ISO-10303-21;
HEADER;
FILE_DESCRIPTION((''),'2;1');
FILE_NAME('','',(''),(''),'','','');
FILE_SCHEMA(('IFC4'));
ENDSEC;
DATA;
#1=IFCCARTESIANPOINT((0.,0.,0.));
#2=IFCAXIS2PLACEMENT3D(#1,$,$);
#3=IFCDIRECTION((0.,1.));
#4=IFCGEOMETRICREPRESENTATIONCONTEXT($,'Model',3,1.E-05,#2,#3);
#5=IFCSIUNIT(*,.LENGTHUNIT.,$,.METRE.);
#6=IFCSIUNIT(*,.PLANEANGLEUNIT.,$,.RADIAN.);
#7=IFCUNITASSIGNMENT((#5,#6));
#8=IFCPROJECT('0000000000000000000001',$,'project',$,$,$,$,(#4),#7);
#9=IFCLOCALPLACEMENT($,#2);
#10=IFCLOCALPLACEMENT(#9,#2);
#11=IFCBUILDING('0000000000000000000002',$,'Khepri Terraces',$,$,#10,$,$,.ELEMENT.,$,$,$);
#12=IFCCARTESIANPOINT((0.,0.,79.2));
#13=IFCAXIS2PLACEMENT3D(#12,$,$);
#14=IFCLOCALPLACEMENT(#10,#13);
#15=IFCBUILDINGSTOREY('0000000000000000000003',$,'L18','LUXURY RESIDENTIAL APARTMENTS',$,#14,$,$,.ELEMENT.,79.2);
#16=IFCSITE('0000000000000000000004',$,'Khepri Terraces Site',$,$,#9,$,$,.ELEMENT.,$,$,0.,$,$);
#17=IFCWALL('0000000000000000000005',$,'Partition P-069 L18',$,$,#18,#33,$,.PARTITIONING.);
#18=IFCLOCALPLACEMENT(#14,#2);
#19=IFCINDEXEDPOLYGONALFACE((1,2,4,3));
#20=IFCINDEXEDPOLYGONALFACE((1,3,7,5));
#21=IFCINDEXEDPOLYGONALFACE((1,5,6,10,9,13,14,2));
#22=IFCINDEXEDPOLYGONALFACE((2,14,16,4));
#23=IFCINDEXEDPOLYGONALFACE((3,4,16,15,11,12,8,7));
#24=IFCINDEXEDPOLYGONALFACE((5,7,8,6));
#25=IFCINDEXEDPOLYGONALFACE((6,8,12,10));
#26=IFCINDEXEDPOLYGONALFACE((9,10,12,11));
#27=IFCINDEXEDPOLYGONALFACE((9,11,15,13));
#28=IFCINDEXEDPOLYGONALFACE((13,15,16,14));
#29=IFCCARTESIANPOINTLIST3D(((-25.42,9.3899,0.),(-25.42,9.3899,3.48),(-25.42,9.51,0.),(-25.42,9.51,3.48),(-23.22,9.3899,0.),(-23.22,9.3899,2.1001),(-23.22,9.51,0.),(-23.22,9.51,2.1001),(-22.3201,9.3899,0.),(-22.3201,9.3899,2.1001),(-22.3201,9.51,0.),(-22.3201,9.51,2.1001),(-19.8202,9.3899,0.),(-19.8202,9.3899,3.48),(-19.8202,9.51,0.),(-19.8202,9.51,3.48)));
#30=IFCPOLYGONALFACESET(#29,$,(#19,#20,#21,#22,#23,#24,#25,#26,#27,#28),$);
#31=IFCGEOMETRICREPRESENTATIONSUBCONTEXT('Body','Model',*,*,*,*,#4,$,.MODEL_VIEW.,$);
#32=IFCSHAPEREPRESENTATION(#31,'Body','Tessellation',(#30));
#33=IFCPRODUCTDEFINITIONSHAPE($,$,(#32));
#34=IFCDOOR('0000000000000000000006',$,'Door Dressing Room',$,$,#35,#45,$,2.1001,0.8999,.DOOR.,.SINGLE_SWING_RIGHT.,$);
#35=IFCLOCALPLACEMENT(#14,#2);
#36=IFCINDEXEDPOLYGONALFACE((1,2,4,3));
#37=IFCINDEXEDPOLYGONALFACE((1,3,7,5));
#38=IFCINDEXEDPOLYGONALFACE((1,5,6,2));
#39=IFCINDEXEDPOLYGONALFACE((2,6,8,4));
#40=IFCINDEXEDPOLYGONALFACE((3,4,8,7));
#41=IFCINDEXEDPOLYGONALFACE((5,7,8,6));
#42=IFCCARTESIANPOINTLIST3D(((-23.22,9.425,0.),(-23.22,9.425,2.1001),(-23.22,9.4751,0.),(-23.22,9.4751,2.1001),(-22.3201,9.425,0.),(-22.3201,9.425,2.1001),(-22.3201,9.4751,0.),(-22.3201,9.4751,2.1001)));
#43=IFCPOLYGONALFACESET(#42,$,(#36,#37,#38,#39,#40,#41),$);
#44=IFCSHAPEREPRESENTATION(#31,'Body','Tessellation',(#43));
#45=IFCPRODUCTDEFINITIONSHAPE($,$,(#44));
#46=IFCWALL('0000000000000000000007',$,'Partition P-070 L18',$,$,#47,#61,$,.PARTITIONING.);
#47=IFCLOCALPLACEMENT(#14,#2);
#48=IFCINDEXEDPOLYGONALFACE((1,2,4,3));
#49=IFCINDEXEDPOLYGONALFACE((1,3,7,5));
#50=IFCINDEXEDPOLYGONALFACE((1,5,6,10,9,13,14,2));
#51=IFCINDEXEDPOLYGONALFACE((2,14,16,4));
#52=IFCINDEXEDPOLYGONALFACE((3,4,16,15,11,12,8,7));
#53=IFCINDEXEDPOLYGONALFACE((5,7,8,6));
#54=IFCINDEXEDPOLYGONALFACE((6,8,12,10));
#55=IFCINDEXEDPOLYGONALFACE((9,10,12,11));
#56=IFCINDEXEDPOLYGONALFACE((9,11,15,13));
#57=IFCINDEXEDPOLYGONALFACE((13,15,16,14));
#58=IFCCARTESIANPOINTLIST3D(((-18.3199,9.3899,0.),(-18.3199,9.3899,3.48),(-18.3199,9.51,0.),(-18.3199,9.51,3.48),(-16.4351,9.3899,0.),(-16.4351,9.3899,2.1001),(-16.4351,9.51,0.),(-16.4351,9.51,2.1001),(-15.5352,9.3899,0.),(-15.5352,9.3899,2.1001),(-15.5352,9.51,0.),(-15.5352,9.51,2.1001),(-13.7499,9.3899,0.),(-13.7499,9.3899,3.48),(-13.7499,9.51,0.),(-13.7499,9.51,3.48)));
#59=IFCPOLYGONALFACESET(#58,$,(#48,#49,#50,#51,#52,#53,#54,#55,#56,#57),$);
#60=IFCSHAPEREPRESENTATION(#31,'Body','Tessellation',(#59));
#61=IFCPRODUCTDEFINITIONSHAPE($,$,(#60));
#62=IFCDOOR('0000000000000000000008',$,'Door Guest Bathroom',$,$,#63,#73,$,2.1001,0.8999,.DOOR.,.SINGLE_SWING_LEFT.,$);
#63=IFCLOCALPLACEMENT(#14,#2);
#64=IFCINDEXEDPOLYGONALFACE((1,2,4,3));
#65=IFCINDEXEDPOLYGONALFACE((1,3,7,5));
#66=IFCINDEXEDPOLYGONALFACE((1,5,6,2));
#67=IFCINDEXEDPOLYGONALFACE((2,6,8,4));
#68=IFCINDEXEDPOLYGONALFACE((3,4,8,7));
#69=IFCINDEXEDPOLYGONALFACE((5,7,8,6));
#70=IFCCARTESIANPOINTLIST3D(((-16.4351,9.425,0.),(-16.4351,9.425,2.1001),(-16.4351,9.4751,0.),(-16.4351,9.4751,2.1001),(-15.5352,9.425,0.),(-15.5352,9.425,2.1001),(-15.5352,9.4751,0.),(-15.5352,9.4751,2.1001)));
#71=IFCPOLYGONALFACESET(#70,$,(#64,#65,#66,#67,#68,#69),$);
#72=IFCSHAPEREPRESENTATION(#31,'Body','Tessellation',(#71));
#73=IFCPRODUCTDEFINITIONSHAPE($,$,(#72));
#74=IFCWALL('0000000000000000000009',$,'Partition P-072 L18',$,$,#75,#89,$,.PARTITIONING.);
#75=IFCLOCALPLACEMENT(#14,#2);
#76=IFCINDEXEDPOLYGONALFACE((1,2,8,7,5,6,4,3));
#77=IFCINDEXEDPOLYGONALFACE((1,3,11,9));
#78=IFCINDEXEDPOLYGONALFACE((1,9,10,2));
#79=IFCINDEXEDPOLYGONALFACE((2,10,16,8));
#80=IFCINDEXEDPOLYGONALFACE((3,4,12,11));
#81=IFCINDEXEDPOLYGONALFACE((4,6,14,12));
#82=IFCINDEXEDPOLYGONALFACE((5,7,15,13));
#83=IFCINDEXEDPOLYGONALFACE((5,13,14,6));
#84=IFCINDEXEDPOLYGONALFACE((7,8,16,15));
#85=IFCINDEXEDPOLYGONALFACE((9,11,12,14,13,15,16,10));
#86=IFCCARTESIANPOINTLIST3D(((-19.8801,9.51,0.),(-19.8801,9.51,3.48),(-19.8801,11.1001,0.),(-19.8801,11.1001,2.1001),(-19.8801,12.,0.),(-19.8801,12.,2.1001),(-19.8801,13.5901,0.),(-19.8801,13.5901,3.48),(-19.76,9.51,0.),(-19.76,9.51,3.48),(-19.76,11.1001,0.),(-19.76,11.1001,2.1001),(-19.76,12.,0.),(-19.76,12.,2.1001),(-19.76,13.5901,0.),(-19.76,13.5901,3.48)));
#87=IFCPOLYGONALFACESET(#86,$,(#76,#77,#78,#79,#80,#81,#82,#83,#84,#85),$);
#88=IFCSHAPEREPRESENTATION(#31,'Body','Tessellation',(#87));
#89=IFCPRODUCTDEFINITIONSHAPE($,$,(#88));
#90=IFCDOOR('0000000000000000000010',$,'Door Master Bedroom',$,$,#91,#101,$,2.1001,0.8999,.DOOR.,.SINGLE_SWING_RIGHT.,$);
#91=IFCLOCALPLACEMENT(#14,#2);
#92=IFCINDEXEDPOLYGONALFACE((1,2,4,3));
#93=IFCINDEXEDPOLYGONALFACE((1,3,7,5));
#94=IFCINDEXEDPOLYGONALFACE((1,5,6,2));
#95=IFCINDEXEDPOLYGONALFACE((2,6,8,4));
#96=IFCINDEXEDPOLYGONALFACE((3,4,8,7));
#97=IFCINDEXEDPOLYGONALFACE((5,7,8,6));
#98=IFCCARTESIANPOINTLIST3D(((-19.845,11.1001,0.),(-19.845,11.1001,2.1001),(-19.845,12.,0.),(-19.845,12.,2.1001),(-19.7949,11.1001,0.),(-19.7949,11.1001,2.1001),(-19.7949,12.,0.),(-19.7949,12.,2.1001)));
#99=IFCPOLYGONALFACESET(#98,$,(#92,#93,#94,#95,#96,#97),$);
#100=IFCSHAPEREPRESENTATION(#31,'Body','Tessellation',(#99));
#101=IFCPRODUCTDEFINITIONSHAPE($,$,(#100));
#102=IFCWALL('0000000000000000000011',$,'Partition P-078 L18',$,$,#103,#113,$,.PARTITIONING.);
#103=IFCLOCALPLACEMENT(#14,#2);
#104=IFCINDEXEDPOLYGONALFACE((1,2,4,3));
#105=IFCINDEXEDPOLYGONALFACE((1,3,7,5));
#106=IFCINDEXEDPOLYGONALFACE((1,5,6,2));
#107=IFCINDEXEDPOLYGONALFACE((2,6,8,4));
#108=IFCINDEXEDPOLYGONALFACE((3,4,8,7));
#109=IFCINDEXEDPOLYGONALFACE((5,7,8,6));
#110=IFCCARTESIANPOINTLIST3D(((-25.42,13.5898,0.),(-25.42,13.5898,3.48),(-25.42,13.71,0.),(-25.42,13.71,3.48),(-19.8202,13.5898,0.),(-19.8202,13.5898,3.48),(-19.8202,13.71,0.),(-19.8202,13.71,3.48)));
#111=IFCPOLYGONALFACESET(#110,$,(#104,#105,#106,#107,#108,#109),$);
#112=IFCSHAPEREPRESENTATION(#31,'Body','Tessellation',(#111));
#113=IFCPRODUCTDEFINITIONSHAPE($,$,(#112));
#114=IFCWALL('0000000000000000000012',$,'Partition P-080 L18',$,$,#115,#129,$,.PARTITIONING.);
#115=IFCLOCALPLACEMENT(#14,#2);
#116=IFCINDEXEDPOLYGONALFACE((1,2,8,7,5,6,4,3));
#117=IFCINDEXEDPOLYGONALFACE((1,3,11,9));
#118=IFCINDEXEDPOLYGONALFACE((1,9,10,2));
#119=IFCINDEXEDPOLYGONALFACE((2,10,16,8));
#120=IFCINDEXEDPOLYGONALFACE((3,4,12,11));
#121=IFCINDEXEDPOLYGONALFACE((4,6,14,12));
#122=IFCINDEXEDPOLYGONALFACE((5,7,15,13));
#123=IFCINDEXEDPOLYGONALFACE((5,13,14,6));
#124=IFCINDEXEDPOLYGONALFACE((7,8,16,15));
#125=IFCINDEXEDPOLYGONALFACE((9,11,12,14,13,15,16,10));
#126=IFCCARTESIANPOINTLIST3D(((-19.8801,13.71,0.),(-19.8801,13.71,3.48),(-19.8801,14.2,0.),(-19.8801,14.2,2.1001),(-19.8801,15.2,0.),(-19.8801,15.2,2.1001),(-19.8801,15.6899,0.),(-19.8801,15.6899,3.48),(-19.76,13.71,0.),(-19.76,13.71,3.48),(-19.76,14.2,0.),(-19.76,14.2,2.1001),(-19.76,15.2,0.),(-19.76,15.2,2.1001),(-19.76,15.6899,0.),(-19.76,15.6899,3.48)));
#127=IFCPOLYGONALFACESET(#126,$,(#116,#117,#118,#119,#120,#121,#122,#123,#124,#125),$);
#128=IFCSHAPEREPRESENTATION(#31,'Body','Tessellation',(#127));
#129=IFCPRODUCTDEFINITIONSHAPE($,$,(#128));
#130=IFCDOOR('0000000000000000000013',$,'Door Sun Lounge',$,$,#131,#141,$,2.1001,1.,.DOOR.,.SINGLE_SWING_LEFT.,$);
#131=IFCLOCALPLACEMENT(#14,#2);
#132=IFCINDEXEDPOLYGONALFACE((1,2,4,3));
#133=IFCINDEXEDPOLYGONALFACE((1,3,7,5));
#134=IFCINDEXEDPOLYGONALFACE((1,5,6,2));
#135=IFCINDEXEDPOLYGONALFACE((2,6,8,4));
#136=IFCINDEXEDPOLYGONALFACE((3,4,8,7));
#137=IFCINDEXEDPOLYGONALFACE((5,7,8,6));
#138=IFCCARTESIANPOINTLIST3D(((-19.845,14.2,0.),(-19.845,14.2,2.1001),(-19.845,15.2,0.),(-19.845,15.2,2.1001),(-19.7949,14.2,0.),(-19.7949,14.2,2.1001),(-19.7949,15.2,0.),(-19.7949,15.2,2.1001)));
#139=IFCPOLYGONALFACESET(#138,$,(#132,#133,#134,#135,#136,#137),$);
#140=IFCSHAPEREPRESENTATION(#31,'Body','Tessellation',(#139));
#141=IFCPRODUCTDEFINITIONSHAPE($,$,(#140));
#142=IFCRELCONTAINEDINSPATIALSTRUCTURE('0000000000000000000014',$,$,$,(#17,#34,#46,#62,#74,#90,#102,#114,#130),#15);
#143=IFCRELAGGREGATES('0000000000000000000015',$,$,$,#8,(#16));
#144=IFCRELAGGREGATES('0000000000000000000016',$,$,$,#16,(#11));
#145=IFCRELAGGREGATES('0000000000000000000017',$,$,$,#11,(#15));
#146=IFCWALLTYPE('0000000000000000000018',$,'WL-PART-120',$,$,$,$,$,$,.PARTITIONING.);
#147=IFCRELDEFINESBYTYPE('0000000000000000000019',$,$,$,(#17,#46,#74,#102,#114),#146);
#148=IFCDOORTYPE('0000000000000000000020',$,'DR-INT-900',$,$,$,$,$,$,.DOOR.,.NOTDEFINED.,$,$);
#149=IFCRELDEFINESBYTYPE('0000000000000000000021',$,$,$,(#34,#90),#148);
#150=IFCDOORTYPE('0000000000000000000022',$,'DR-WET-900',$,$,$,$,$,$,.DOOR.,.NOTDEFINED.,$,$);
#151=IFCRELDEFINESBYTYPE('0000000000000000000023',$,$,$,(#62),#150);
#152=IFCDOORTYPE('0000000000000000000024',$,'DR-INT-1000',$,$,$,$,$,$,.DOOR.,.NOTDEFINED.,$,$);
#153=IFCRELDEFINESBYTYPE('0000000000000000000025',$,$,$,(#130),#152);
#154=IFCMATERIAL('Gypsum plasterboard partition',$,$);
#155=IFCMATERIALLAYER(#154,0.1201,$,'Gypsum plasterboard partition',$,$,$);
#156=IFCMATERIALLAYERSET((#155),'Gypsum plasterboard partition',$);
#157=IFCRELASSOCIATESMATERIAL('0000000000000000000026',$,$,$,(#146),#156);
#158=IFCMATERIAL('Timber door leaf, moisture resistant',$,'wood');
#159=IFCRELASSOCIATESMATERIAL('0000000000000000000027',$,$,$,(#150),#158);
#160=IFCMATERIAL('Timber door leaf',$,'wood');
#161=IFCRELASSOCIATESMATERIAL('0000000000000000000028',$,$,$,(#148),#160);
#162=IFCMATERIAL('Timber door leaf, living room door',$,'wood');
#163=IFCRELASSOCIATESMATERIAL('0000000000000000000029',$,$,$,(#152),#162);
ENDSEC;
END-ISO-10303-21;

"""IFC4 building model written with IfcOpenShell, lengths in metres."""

from ifc_helpers import new_model, si_unit, direction, frame, frame_2d, origin, place, context, subcontext, project, spatial, rectangle, extrude, material, layer, layer_set, type_object, element, fill, save


model = new_model("IFC4")

# Units and contexts
model_context = context("Model", 3, precision=1e-05, world=origin(), true_north=direction((0.0, 1.0)))
body_context = subcontext(model_context, "Body", "Model", "MODEL_VIEW")
ifc_project = project(units=[si_unit("LENGTHUNIT", "METRE"), si_unit("PLANEANGLEUNIT", "RADIAN")], contexts=[model_context])

# Site, building, storey
site_placement = place(None, origin())
site = spatial("IfcSite", under=ifc_project, at=site_placement, Name="Khepri Terraces Site", CompositionType="ELEMENT", RefElevation=0.0)
building_placement = place(site_placement, origin())
building = spatial("IfcBuilding", under=site, at=building_placement, Name="Khepri Terraces", CompositionType="ELEMENT")
storey_placement = place(building_placement, frame((0.0, 0.0, 79.2)))
storey = spatial("IfcBuildingStorey", under=building, at=storey_placement, Name="L18", Description="LUXURY RESIDENTIAL APARTMENTS", CompositionType="ELEMENT", Elevation=79.2)

# Shared definitions
ifc_material_1 = material(Name="Gypsum plasterboard partition")
ifc_layer_1 = layer(ifc_material_1, 0.1201, Name="Gypsum plasterboard partition")
ifc_layer_set_1 = layer_set([ifc_layer_1], Name="Gypsum plasterboard partition")
wall_type_1 = type_object("IfcWallType", Name="WL-PART-120", PredefinedType="PARTITIONING", material=ifc_layer_set_1)
ifc_material_2 = material(Name="Timber door leaf, moisture resistant", Category="wood")
door_type_1 = type_object("IfcDoorType", Name="DR-WET-900", OperationType="NOTDEFINED", PredefinedType="DOOR", material=ifc_material_2)

# Shared definitions
ifc_material_3 = material(Name="Timber door leaf", Category="wood")
door_type_2 = type_object("IfcDoorType", Name="DR-INT-900", OperationType="NOTDEFINED", PredefinedType="DOOR", material=ifc_material_3)

# Walls, openings, doors
wall_1_placement = place(storey_placement, frame((-25.4199, 9.45, 0.0), z_axis=(0.0, 0.0, 1.0), x_axis=(1.0, 0.0, 0.0)))
wall_1 = element("IfcWall", 1, at=wall_1_placement, inside=storey, type_object=wall_type_1, Name="Partition P-069 L18", PredefinedType="PARTITIONING", context=body_context, shape_type="SweptSolid", body=[
    extrude(rectangle(XDim=5.5999, YDim=0.1201, at=frame_2d((2.7998, 0.0))), origin(), (0.0, 0.0, 1.0), 3.48),
])
opening_1_placement = place(wall_1_placement, frame((2.2, 0.0, 0.0)))
opening_1 = element("IfcOpeningElement", 2, at=opening_1_placement, cuts=wall_1, PredefinedType="OPENING", context=body_context, shape_type="SweptSolid", body=[
    extrude(rectangle(XDim=0.8999, YDim=2.1001, at=frame_2d((0.45, 1.05))), frame((0.0, 0.0701, 0.0), z_axis=(0.0, -1.0, 0.0), x_axis=(1.0, 0.0, 0.0)), (0.0, 0.0, 1.0), 0.1401),
])
door_1_placement = place(opening_1_placement, frame((0.8999, 0.0, 0.0), z_axis=(0.0, 0.0, 1.0), x_axis=(-1.0, 0.0, 0.0)))
door_1 = element("IfcDoor", 3, at=door_1_placement, inside=storey, type_object=door_type_2, Name="Door Dressing Room", OperationType="SINGLE_SWING_RIGHT", OverallHeight=2.1001, OverallWidth=0.8999, PredefinedType="DOOR", context=body_context, shape_type="SweptSolid", body=[
    extrude(rectangle(XDim=0.8999, YDim=2.1001, at=frame_2d((0.45, 1.05))), frame((0.0, 0.0249, 0.0), z_axis=(0.0, -1.0, 0.0), x_axis=(1.0, 0.0, 0.0)), (0.0, 0.0, 1.0), 0.05),
])
fill(opening_1, door_1)
wall_2_placement = place(storey_placement, frame((-18.3201, 9.45, 0.0), z_axis=(0.0, 0.0, 1.0), x_axis=(1.0, 0.0, 0.0)))
wall_2 = element("IfcWall", 4, at=wall_2_placement, inside=storey, type_object=wall_type_1, Name="Partition P-070 L18", PredefinedType="PARTITIONING", context=body_context, shape_type="SweptSolid", body=[
    extrude(rectangle(XDim=4.5701, YDim=0.1201, at=frame_2d((2.2852, 0.0))), origin(), (0.0, 0.0, 1.0), 3.48),
])
opening_2_placement = place(wall_2_placement, frame((1.885, 0.0, 0.0)))
opening_2 = element("IfcOpeningElement", 5, at=opening_2_placement, cuts=wall_2, PredefinedType="OPENING", context=body_context, shape_type="SweptSolid", body=[
    extrude(rectangle(XDim=0.8999, YDim=2.1001, at=frame_2d((0.45, 1.05))), frame((0.0, 0.0701, 0.0), z_axis=(0.0, -1.0, 0.0), x_axis=(1.0, 0.0, 0.0)), (0.0, 0.0, 1.0), 0.1401),
])
door_2_placement = place(opening_2_placement, frame((0.8999, 0.0, 0.0), z_axis=(0.0, 0.0, 1.0), x_axis=(-1.0, 0.0, 0.0)))
door_2 = element("IfcDoor", 6, at=door_2_placement, inside=storey, type_object=door_type_1, Name="Door Guest Bathroom", OperationType="SINGLE_SWING_LEFT", OverallHeight=2.1001, OverallWidth=0.8999, PredefinedType="DOOR", context=body_context, shape_type="SweptSolid", body=[
    extrude(rectangle(XDim=0.8999, YDim=2.1001, at=frame_2d((0.45, 1.05))), frame((0.0, 0.0249, 0.0), z_axis=(0.0, -1.0, 0.0), x_axis=(1.0, 0.0, 0.0)), (0.0, 0.0, 1.0), 0.05),
])
fill(opening_2, door_2)
wall_3_placement = place(storey_placement, frame((-19.8201, 9.51, 0.0), z_axis=(0.0, 0.0, 1.0), x_axis=(0.0, 1.0, 0.0)))
wall_3 = element("IfcWall", 7, at=wall_3_placement, inside=storey, type_object=wall_type_1, Name="Partition P-072 L18", PredefinedType="PARTITIONING", context=body_context, shape_type="SweptSolid", body=[
    extrude(rectangle(XDim=4.0801, YDim=0.1201, at=frame_2d((2.04, 0.0))), origin(), (0.0, 0.0, 1.0), 3.48),
])
opening_3_placement = place(wall_3_placement, frame((1.5901, 0.0, 0.0)))
opening_3 = element("IfcOpeningElement", 8, at=opening_3_placement, cuts=wall_3, PredefinedType="OPENING", context=body_context, shape_type="SweptSolid", body=[
    extrude(rectangle(XDim=0.8999, YDim=2.1001, at=frame_2d((0.45, 1.05))), frame((0.0, 0.0701, 0.0), z_axis=(0.0, -1.0, 0.0), x_axis=(1.0, 0.0, 0.0)), (0.0, 0.0, 1.0), 0.1401),
])
door_3_placement = place(opening_3_placement, origin())
door_3 = element("IfcDoor", 9, at=door_3_placement, inside=storey, type_object=door_type_2, Name="Door Master Bedroom", OperationType="SINGLE_SWING_RIGHT", OverallHeight=2.1001, OverallWidth=0.8999, PredefinedType="DOOR", context=body_context, shape_type="SweptSolid", body=[
    extrude(rectangle(XDim=0.8999, YDim=2.1001, at=frame_2d((0.45, 1.05))), frame((0.0, 0.0249, 0.0), z_axis=(0.0, -1.0, 0.0), x_axis=(1.0, 0.0, 0.0)), (0.0, 0.0, 1.0), 0.05),
])
fill(opening_3, door_3)

# Wall
wall_4_placement = place(storey_placement, frame((-25.4199, 13.6499, 0.0), z_axis=(0.0, 0.0, 1.0), x_axis=(1.0, 0.0, 0.0)))
element("IfcWall", 10, at=wall_4_placement, inside=storey, type_object=wall_type_1, Name="Partition P-078 L18", PredefinedType="PARTITIONING", context=body_context, shape_type="SweptSolid", body=[
    extrude(rectangle(XDim=5.5999, YDim=0.1201, at=frame_2d((2.7998, 0.0))), origin(), (0.0, 0.0, 1.0), 3.48),
])

# Wall, opening, door
wall_5_placement = place(storey_placement, frame((-19.8201, 13.71, 0.0), z_axis=(0.0, 0.0, 1.0), x_axis=(0.0, 1.0, 0.0)))
wall_5 = element("IfcWall", 11, at=wall_5_placement, inside=storey, type_object=wall_type_1, Name="Partition P-080 L18", PredefinedType="PARTITIONING", context=body_context, shape_type="SweptSolid", body=[
    extrude(rectangle(XDim=1.98, YDim=0.1201, at=frame_2d((0.99, 0.0))), origin(), (0.0, 0.0, 1.0), 3.48),
])
opening_4_placement = place(wall_5_placement, frame((0.49, 0.0, 0.0)))
opening_4 = element("IfcOpeningElement", 12, at=opening_4_placement, cuts=wall_5, PredefinedType="OPENING", context=body_context, shape_type="SweptSolid", body=[
    extrude(rectangle(XDim=1.0, YDim=2.1001, at=frame_2d((0.5, 1.05))), frame((0.0, 0.0701, 0.0), z_axis=(0.0, -1.0, 0.0), x_axis=(1.0, 0.0, 0.0)), (0.0, 0.0, 1.0), 0.1401),
])
ifc_material_4 = material(Name="Timber door leaf, living room door", Category="wood")
door_type_3 = type_object("IfcDoorType", Name="DR-INT-1000", OperationType="NOTDEFINED", PredefinedType="DOOR", material=ifc_material_4)
door_4_placement = place(opening_4_placement, origin())
door_4 = element("IfcDoor", 13, at=door_4_placement, inside=storey, type_object=door_type_3, Name="Door Sun Lounge", OperationType="SINGLE_SWING_LEFT", OverallHeight=2.1001, OverallWidth=1.0, PredefinedType="DOOR", context=body_context, shape_type="SweptSolid", body=[
    extrude(rectangle(XDim=1.0, YDim=2.1001, at=frame_2d((0.5, 1.05))), frame((0.0, 0.0249, 0.0), z_axis=(0.0, -1.0, 0.0), x_axis=(1.0, 0.0, 0.0)), (0.0, 0.0, 1.0), 0.05),
])
fill(opening_4, door_4)

save(model, "model.ifc")
